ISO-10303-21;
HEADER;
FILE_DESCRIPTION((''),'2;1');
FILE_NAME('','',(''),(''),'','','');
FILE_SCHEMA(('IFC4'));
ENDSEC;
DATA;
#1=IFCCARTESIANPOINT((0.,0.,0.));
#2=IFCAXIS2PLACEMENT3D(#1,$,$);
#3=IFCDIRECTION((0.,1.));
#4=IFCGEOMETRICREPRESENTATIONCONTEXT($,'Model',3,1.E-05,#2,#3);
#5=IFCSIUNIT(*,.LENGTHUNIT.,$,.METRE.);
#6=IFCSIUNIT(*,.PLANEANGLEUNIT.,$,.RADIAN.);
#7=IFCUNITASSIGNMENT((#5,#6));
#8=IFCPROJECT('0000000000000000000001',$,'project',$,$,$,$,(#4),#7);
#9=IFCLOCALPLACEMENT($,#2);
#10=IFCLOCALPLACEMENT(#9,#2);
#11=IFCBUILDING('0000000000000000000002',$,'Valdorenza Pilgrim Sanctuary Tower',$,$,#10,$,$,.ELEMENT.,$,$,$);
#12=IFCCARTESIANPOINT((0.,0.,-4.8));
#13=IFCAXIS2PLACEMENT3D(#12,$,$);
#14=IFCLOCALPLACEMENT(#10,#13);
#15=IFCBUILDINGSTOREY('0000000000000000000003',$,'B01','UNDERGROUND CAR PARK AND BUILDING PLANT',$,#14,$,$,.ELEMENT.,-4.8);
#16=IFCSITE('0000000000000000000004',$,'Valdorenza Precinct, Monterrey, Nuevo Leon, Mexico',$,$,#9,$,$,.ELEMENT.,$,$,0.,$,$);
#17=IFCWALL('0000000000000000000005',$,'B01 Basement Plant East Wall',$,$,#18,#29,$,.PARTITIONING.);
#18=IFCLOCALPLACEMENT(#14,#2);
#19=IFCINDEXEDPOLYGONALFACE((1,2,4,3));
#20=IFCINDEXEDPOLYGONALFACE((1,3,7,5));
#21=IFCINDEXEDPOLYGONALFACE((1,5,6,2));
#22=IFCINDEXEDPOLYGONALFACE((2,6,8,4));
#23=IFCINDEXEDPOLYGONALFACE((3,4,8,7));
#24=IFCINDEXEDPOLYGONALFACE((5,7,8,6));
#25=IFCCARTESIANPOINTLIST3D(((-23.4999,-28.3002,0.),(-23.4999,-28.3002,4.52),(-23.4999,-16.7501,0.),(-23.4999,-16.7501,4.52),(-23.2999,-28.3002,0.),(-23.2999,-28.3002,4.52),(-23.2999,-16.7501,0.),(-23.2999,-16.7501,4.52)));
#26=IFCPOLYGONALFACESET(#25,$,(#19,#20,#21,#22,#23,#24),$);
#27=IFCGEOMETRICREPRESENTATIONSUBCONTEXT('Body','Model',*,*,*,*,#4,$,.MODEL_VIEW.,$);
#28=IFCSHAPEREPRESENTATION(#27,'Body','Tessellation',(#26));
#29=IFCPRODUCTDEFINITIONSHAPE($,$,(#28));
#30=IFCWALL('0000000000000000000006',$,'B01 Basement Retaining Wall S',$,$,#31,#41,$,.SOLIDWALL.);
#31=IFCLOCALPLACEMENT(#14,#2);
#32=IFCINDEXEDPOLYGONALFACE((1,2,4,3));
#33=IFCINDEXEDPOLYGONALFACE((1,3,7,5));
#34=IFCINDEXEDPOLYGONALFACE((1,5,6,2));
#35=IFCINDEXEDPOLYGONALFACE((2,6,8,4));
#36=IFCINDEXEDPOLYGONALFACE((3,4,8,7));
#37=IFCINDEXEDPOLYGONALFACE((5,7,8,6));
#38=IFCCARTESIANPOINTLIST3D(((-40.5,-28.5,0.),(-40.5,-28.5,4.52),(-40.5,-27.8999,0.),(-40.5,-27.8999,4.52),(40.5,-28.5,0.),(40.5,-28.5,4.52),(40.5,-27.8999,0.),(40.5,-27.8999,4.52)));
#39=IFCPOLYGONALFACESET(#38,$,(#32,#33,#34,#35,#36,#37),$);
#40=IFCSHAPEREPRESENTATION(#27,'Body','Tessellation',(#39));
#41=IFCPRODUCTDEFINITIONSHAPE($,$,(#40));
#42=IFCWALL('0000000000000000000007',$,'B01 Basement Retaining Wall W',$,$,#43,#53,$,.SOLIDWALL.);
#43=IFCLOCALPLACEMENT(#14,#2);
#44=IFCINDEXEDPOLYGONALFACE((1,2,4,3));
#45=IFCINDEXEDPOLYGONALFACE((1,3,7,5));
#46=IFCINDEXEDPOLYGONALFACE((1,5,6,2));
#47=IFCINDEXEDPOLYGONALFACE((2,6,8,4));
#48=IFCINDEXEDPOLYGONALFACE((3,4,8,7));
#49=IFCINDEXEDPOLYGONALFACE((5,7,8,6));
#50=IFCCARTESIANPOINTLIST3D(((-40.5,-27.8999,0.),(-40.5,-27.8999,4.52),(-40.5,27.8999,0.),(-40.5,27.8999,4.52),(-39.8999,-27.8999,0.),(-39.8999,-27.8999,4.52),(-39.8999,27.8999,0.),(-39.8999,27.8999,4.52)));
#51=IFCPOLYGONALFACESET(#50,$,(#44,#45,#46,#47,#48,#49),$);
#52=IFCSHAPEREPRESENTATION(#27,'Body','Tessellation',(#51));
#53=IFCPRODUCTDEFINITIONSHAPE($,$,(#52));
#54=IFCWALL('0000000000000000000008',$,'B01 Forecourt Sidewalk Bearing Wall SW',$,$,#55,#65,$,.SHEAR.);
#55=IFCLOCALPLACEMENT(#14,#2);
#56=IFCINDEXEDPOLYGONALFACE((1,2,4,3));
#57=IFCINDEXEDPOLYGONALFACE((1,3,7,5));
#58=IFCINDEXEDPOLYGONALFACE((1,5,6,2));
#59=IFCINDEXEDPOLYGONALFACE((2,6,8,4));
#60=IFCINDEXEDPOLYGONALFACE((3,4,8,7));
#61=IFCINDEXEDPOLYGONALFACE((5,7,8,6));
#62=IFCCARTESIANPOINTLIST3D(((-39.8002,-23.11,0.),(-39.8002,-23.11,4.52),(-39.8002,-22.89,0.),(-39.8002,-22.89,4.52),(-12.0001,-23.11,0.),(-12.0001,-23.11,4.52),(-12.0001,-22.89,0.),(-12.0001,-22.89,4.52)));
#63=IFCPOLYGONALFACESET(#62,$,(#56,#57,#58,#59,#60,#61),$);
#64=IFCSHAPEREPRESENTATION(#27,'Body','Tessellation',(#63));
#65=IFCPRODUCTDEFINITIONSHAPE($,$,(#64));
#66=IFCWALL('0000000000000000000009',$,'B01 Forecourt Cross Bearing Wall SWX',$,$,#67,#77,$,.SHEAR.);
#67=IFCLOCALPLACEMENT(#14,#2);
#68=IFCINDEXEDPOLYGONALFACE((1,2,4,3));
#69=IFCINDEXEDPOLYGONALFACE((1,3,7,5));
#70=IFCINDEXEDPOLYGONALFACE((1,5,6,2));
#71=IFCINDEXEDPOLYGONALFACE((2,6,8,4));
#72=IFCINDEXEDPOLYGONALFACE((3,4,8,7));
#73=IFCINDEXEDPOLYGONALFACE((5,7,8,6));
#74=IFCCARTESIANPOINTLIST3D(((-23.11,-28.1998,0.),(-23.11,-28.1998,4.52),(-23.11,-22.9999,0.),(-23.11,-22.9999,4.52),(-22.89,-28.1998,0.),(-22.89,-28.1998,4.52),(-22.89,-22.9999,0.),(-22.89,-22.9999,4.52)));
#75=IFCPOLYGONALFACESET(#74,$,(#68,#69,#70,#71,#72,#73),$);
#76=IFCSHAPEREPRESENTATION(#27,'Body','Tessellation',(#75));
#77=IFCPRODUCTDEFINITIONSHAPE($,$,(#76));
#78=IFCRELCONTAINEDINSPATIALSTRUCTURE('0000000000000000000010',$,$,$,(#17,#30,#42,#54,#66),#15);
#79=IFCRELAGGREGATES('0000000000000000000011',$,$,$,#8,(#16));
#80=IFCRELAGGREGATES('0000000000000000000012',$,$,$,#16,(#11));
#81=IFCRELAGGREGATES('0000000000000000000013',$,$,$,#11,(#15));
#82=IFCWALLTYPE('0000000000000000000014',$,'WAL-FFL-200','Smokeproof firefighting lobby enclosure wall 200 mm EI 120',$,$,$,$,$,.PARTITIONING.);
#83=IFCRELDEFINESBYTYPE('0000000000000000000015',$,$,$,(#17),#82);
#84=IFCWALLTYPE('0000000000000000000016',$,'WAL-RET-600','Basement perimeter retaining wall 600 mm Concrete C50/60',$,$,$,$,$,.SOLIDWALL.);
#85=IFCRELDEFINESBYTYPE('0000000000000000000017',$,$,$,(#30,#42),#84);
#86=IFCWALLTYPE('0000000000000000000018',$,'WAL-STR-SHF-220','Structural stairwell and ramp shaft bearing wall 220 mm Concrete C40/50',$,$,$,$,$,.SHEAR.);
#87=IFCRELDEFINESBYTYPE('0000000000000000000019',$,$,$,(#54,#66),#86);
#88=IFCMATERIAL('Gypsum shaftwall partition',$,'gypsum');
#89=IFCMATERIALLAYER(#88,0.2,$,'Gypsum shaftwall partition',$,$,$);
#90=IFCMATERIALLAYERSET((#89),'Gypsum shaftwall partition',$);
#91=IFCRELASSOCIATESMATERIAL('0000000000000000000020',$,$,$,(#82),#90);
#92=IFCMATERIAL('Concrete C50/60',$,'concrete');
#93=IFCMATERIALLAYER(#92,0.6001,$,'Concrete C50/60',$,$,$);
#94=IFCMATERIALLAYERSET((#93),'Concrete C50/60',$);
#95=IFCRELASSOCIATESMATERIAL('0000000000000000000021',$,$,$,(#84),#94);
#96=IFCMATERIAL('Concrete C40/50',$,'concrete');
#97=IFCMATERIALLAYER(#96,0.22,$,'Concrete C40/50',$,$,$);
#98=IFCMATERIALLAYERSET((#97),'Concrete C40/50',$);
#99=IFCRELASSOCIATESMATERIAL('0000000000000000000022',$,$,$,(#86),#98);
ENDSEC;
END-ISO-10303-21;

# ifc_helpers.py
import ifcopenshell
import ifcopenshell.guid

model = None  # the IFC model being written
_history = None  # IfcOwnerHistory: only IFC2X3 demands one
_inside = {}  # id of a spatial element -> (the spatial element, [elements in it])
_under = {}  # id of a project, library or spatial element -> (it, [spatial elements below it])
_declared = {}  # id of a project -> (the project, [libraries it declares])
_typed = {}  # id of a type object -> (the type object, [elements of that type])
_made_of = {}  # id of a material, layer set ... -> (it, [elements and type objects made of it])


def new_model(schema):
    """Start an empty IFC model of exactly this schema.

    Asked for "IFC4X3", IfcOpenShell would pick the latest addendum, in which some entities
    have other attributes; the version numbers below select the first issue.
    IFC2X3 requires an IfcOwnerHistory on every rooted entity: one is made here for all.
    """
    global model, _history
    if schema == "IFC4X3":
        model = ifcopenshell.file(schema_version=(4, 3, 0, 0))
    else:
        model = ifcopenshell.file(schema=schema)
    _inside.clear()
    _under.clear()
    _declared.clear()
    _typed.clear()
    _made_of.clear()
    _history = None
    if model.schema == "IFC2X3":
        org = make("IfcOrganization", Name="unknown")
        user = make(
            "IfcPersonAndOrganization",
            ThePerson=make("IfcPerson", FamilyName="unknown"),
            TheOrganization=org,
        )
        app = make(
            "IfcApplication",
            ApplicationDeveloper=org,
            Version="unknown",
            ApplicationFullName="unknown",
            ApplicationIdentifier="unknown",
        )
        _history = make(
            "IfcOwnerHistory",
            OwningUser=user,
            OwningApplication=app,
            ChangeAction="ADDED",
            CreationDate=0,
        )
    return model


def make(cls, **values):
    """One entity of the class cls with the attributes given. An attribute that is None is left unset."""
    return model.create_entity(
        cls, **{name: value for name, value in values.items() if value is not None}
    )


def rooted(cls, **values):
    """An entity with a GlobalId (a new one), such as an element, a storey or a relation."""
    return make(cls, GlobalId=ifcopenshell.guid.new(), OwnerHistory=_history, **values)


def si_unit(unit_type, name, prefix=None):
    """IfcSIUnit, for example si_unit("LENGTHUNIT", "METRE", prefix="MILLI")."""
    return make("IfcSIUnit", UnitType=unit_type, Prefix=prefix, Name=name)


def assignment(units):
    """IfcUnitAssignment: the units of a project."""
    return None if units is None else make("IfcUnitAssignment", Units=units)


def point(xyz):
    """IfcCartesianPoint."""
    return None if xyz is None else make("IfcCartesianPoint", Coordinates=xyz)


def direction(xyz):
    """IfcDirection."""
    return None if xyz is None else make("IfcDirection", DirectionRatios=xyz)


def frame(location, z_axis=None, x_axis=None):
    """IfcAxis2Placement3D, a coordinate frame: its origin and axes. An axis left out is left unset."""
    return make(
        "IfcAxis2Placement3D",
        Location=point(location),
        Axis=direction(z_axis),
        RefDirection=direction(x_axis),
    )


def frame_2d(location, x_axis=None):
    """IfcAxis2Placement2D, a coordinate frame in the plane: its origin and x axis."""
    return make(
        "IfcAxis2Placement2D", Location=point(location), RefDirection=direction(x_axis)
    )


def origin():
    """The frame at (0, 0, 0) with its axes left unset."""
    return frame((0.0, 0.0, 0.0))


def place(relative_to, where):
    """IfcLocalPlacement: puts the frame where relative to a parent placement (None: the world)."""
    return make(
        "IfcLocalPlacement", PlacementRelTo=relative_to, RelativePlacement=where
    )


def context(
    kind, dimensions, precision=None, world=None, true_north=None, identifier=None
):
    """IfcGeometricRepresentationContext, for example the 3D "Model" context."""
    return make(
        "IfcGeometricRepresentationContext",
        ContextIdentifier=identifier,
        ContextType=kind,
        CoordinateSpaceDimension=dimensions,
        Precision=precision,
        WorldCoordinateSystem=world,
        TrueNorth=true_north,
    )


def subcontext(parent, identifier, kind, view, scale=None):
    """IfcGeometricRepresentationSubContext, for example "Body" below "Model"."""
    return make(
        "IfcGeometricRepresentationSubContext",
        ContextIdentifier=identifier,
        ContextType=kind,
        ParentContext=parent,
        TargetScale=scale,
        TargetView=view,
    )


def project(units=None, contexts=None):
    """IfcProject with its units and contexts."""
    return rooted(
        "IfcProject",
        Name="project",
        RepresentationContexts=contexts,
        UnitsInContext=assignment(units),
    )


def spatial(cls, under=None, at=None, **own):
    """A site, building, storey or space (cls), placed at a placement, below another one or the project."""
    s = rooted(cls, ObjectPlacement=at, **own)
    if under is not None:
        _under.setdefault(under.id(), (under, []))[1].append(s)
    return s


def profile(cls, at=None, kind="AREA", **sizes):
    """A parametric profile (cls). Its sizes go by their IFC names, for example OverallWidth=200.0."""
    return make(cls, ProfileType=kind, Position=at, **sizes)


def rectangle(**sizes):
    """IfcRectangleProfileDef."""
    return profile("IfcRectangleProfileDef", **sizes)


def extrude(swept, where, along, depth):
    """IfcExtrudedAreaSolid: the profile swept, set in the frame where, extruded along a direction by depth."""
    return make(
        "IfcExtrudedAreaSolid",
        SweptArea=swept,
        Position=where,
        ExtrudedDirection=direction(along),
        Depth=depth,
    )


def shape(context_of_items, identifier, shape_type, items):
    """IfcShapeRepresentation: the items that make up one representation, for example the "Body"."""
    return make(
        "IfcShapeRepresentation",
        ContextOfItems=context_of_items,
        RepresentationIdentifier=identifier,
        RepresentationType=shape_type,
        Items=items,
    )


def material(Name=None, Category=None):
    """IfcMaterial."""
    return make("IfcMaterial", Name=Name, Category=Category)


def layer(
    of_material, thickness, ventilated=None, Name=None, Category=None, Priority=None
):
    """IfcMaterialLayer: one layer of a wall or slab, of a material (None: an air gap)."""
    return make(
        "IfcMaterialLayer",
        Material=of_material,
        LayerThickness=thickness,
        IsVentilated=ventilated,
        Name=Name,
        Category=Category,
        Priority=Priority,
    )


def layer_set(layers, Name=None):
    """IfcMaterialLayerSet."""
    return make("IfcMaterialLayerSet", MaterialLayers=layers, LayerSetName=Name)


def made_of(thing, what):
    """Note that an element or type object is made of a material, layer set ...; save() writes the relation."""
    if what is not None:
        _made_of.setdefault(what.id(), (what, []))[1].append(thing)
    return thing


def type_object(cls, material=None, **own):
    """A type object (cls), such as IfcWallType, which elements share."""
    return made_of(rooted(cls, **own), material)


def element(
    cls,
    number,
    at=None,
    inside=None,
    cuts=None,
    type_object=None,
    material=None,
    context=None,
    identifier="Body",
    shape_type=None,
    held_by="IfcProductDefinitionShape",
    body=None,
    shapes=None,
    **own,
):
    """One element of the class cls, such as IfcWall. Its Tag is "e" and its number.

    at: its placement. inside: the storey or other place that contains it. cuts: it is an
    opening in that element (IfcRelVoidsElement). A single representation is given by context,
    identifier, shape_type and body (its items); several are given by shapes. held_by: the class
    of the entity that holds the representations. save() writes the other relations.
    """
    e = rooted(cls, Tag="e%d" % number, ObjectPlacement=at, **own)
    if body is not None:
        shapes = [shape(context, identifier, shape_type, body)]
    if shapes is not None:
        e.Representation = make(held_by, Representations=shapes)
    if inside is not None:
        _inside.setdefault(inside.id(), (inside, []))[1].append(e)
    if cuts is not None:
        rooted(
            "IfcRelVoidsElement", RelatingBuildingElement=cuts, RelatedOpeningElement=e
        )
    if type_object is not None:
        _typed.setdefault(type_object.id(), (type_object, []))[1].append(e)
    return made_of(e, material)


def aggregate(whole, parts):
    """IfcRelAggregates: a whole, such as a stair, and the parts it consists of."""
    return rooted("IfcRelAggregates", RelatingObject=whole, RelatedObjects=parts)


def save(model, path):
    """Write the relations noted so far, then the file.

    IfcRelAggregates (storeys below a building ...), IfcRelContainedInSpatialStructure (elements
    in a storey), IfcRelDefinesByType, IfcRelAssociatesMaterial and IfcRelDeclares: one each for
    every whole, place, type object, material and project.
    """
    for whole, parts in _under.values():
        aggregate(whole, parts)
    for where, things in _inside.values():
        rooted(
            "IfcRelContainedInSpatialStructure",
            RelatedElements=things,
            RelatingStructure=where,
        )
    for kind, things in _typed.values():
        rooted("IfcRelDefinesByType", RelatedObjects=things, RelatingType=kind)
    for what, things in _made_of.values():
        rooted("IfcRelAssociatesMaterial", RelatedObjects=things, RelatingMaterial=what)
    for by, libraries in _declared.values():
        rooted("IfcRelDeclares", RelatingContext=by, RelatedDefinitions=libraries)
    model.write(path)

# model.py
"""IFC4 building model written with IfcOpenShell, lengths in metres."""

from ifc_helpers import new_model, si_unit, direction, frame, frame_2d, origin, place, context, subcontext, project, spatial, rectangle, extrude, material, layer, layer_set, type_object, element, save


model = new_model("IFC4")

# Units and contexts
model_context = context("Model", 3, precision=1e-05, world=origin(), true_north=direction((0.0, 1.0)))
body_context = subcontext(model_context, "Body", "Model", "MODEL_VIEW")
ifc_project = project(units=[si_unit("LENGTHUNIT", "METRE"), si_unit("PLANEANGLEUNIT", "RADIAN")], contexts=[model_context])

# Site, building, storey
site_placement = place(None, origin())
site = spatial("IfcSite", under=ifc_project, at=site_placement, Name="Valdorenza Precinct, Monterrey, Nuevo Leon, Mexico", CompositionType="ELEMENT", RefElevation=0.0)
building_placement = place(site_placement, origin())
building = spatial("IfcBuilding", under=site, at=building_placement, Name="Valdorenza Pilgrim Sanctuary Tower", CompositionType="ELEMENT")
storey_placement = place(building_placement, frame((0.0, 0.0, -4.8)))
storey = spatial("IfcBuildingStorey", under=building, at=storey_placement, Name="B01", Description="UNDERGROUND CAR PARK AND BUILDING PLANT", CompositionType="ELEMENT", Elevation=-4.8)

# Shared definitions
ifc_material_1 = material(Name="Gypsum shaftwall partition", Category="gypsum")
ifc_layer_1 = layer(ifc_material_1, 0.2, Name="Gypsum shaftwall partition")
ifc_layer_set_1 = layer_set([ifc_layer_1], Name="Gypsum shaftwall partition")
wall_type_1 = type_object("IfcWallType", Name="WAL-FFL-200", Description="Smokeproof firefighting lobby enclosure wall 200 mm EI 120", PredefinedType="PARTITIONING", material=ifc_layer_set_1)

# Walls
wall_1_placement = place(storey_placement, frame((-23.3999, -28.3, 0.0), z_axis=(0.0, 0.0, 1.0), x_axis=(0.0, 1.0, 0.0)))
element("IfcWall", 1, at=wall_1_placement, inside=storey, type_object=wall_type_1, Name="B01 Basement Plant East Wall", PredefinedType="PARTITIONING", context=body_context, shape_type="SweptSolid", body=[
    extrude(rectangle(XDim=11.55, YDim=0.2, at=frame_2d((5.7749, 0.0))), origin(), (0.0, 0.0, 1.0), 4.52),
])
ifc_material_2 = material(Name="Concrete C50/60", Category="concrete")
ifc_layer_2 = layer(ifc_material_2, 0.6001, Name="Concrete C50/60")
ifc_layer_set_2 = layer_set([ifc_layer_2], Name="Concrete C50/60")
wall_type_2 = type_object("IfcWallType", Name="WAL-RET-600", Description="Basement perimeter retaining wall 600 mm Concrete C50/60", PredefinedType="SOLIDWALL", material=ifc_layer_set_2)
wall_2_placement = place(storey_placement, frame((-40.5, -28.2, 0.0), z_axis=(0.0, 0.0, 1.0), x_axis=(1.0, 0.0, 0.0)))
element("IfcWall", 2, at=wall_2_placement, inside=storey, type_object=wall_type_2, Name="B01 Basement Retaining Wall S", PredefinedType="SOLIDWALL", context=body_context, shape_type="SweptSolid", body=[
    extrude(rectangle(XDim=81.0, YDim=0.6001, at=frame_2d((40.5, 0.0))), origin(), (0.0, 0.0, 1.0), 4.52),
])
wall_3_placement = place(storey_placement, frame((-40.2, -27.8999, 0.0), z_axis=(0.0, 0.0, 1.0), x_axis=(0.0, 1.0, 0.0)))
element("IfcWall", 3, at=wall_3_placement, inside=storey, type_object=wall_type_2, Name="B01 Basement Retaining Wall W", PredefinedType="SOLIDWALL", context=body_context, shape_type="SweptSolid", body=[
    extrude(rectangle(XDim=55.7998, YDim=0.6001, at=frame_2d((27.8999, 0.0))), origin(), (0.0, 0.0, 1.0), 4.52),
])
ifc_material_3 = material(Name="Concrete C40/50", Category="concrete")
ifc_layer_3 = layer(ifc_material_3, 0.22, Name="Concrete C40/50")
ifc_layer_set_3 = layer_set([ifc_layer_3], Name="Concrete C40/50")
wall_type_3 = type_object("IfcWallType", Name="WAL-STR-SHF-220", Description="Structural stairwell and ramp shaft bearing wall 220 mm Concrete C40/50", PredefinedType="SHEAR", material=ifc_layer_set_3)
wall_4_placement = place(storey_placement, frame((-39.8, -23.0, 0.0), z_axis=(0.0, 0.0, 1.0), x_axis=(1.0, 0.0, 0.0)))
element("IfcWall", 4, at=wall_4_placement, inside=storey, type_object=wall_type_3, Name="B01 Forecourt Sidewalk Bearing Wall SW", PredefinedType="SHEAR", context=body_context, shape_type="SweptSolid", body=[
    extrude(rectangle(XDim=27.8, YDim=0.22, at=frame_2d((13.8999, 0.0))), origin(), (0.0, 0.0, 1.0), 4.52),
])
wall_5_placement = place(storey_placement, frame((-23.0, -28.2, 0.0), z_axis=(0.0, 0.0, 1.0), x_axis=(0.0, 1.0, 0.0)))
element("IfcWall", 5, at=wall_5_placement, inside=storey, type_object=wall_type_3, Name="B01 Forecourt Cross Bearing Wall SWX", PredefinedType="SHEAR", context=body_context, shape_type="SweptSolid", body=[
    extrude(rectangle(XDim=5.2, YDim=0.22, at=frame_2d((2.6001, 0.0))), origin(), (0.0, 0.0, 1.0), 4.52),
])

save(model, "model.ifc")
